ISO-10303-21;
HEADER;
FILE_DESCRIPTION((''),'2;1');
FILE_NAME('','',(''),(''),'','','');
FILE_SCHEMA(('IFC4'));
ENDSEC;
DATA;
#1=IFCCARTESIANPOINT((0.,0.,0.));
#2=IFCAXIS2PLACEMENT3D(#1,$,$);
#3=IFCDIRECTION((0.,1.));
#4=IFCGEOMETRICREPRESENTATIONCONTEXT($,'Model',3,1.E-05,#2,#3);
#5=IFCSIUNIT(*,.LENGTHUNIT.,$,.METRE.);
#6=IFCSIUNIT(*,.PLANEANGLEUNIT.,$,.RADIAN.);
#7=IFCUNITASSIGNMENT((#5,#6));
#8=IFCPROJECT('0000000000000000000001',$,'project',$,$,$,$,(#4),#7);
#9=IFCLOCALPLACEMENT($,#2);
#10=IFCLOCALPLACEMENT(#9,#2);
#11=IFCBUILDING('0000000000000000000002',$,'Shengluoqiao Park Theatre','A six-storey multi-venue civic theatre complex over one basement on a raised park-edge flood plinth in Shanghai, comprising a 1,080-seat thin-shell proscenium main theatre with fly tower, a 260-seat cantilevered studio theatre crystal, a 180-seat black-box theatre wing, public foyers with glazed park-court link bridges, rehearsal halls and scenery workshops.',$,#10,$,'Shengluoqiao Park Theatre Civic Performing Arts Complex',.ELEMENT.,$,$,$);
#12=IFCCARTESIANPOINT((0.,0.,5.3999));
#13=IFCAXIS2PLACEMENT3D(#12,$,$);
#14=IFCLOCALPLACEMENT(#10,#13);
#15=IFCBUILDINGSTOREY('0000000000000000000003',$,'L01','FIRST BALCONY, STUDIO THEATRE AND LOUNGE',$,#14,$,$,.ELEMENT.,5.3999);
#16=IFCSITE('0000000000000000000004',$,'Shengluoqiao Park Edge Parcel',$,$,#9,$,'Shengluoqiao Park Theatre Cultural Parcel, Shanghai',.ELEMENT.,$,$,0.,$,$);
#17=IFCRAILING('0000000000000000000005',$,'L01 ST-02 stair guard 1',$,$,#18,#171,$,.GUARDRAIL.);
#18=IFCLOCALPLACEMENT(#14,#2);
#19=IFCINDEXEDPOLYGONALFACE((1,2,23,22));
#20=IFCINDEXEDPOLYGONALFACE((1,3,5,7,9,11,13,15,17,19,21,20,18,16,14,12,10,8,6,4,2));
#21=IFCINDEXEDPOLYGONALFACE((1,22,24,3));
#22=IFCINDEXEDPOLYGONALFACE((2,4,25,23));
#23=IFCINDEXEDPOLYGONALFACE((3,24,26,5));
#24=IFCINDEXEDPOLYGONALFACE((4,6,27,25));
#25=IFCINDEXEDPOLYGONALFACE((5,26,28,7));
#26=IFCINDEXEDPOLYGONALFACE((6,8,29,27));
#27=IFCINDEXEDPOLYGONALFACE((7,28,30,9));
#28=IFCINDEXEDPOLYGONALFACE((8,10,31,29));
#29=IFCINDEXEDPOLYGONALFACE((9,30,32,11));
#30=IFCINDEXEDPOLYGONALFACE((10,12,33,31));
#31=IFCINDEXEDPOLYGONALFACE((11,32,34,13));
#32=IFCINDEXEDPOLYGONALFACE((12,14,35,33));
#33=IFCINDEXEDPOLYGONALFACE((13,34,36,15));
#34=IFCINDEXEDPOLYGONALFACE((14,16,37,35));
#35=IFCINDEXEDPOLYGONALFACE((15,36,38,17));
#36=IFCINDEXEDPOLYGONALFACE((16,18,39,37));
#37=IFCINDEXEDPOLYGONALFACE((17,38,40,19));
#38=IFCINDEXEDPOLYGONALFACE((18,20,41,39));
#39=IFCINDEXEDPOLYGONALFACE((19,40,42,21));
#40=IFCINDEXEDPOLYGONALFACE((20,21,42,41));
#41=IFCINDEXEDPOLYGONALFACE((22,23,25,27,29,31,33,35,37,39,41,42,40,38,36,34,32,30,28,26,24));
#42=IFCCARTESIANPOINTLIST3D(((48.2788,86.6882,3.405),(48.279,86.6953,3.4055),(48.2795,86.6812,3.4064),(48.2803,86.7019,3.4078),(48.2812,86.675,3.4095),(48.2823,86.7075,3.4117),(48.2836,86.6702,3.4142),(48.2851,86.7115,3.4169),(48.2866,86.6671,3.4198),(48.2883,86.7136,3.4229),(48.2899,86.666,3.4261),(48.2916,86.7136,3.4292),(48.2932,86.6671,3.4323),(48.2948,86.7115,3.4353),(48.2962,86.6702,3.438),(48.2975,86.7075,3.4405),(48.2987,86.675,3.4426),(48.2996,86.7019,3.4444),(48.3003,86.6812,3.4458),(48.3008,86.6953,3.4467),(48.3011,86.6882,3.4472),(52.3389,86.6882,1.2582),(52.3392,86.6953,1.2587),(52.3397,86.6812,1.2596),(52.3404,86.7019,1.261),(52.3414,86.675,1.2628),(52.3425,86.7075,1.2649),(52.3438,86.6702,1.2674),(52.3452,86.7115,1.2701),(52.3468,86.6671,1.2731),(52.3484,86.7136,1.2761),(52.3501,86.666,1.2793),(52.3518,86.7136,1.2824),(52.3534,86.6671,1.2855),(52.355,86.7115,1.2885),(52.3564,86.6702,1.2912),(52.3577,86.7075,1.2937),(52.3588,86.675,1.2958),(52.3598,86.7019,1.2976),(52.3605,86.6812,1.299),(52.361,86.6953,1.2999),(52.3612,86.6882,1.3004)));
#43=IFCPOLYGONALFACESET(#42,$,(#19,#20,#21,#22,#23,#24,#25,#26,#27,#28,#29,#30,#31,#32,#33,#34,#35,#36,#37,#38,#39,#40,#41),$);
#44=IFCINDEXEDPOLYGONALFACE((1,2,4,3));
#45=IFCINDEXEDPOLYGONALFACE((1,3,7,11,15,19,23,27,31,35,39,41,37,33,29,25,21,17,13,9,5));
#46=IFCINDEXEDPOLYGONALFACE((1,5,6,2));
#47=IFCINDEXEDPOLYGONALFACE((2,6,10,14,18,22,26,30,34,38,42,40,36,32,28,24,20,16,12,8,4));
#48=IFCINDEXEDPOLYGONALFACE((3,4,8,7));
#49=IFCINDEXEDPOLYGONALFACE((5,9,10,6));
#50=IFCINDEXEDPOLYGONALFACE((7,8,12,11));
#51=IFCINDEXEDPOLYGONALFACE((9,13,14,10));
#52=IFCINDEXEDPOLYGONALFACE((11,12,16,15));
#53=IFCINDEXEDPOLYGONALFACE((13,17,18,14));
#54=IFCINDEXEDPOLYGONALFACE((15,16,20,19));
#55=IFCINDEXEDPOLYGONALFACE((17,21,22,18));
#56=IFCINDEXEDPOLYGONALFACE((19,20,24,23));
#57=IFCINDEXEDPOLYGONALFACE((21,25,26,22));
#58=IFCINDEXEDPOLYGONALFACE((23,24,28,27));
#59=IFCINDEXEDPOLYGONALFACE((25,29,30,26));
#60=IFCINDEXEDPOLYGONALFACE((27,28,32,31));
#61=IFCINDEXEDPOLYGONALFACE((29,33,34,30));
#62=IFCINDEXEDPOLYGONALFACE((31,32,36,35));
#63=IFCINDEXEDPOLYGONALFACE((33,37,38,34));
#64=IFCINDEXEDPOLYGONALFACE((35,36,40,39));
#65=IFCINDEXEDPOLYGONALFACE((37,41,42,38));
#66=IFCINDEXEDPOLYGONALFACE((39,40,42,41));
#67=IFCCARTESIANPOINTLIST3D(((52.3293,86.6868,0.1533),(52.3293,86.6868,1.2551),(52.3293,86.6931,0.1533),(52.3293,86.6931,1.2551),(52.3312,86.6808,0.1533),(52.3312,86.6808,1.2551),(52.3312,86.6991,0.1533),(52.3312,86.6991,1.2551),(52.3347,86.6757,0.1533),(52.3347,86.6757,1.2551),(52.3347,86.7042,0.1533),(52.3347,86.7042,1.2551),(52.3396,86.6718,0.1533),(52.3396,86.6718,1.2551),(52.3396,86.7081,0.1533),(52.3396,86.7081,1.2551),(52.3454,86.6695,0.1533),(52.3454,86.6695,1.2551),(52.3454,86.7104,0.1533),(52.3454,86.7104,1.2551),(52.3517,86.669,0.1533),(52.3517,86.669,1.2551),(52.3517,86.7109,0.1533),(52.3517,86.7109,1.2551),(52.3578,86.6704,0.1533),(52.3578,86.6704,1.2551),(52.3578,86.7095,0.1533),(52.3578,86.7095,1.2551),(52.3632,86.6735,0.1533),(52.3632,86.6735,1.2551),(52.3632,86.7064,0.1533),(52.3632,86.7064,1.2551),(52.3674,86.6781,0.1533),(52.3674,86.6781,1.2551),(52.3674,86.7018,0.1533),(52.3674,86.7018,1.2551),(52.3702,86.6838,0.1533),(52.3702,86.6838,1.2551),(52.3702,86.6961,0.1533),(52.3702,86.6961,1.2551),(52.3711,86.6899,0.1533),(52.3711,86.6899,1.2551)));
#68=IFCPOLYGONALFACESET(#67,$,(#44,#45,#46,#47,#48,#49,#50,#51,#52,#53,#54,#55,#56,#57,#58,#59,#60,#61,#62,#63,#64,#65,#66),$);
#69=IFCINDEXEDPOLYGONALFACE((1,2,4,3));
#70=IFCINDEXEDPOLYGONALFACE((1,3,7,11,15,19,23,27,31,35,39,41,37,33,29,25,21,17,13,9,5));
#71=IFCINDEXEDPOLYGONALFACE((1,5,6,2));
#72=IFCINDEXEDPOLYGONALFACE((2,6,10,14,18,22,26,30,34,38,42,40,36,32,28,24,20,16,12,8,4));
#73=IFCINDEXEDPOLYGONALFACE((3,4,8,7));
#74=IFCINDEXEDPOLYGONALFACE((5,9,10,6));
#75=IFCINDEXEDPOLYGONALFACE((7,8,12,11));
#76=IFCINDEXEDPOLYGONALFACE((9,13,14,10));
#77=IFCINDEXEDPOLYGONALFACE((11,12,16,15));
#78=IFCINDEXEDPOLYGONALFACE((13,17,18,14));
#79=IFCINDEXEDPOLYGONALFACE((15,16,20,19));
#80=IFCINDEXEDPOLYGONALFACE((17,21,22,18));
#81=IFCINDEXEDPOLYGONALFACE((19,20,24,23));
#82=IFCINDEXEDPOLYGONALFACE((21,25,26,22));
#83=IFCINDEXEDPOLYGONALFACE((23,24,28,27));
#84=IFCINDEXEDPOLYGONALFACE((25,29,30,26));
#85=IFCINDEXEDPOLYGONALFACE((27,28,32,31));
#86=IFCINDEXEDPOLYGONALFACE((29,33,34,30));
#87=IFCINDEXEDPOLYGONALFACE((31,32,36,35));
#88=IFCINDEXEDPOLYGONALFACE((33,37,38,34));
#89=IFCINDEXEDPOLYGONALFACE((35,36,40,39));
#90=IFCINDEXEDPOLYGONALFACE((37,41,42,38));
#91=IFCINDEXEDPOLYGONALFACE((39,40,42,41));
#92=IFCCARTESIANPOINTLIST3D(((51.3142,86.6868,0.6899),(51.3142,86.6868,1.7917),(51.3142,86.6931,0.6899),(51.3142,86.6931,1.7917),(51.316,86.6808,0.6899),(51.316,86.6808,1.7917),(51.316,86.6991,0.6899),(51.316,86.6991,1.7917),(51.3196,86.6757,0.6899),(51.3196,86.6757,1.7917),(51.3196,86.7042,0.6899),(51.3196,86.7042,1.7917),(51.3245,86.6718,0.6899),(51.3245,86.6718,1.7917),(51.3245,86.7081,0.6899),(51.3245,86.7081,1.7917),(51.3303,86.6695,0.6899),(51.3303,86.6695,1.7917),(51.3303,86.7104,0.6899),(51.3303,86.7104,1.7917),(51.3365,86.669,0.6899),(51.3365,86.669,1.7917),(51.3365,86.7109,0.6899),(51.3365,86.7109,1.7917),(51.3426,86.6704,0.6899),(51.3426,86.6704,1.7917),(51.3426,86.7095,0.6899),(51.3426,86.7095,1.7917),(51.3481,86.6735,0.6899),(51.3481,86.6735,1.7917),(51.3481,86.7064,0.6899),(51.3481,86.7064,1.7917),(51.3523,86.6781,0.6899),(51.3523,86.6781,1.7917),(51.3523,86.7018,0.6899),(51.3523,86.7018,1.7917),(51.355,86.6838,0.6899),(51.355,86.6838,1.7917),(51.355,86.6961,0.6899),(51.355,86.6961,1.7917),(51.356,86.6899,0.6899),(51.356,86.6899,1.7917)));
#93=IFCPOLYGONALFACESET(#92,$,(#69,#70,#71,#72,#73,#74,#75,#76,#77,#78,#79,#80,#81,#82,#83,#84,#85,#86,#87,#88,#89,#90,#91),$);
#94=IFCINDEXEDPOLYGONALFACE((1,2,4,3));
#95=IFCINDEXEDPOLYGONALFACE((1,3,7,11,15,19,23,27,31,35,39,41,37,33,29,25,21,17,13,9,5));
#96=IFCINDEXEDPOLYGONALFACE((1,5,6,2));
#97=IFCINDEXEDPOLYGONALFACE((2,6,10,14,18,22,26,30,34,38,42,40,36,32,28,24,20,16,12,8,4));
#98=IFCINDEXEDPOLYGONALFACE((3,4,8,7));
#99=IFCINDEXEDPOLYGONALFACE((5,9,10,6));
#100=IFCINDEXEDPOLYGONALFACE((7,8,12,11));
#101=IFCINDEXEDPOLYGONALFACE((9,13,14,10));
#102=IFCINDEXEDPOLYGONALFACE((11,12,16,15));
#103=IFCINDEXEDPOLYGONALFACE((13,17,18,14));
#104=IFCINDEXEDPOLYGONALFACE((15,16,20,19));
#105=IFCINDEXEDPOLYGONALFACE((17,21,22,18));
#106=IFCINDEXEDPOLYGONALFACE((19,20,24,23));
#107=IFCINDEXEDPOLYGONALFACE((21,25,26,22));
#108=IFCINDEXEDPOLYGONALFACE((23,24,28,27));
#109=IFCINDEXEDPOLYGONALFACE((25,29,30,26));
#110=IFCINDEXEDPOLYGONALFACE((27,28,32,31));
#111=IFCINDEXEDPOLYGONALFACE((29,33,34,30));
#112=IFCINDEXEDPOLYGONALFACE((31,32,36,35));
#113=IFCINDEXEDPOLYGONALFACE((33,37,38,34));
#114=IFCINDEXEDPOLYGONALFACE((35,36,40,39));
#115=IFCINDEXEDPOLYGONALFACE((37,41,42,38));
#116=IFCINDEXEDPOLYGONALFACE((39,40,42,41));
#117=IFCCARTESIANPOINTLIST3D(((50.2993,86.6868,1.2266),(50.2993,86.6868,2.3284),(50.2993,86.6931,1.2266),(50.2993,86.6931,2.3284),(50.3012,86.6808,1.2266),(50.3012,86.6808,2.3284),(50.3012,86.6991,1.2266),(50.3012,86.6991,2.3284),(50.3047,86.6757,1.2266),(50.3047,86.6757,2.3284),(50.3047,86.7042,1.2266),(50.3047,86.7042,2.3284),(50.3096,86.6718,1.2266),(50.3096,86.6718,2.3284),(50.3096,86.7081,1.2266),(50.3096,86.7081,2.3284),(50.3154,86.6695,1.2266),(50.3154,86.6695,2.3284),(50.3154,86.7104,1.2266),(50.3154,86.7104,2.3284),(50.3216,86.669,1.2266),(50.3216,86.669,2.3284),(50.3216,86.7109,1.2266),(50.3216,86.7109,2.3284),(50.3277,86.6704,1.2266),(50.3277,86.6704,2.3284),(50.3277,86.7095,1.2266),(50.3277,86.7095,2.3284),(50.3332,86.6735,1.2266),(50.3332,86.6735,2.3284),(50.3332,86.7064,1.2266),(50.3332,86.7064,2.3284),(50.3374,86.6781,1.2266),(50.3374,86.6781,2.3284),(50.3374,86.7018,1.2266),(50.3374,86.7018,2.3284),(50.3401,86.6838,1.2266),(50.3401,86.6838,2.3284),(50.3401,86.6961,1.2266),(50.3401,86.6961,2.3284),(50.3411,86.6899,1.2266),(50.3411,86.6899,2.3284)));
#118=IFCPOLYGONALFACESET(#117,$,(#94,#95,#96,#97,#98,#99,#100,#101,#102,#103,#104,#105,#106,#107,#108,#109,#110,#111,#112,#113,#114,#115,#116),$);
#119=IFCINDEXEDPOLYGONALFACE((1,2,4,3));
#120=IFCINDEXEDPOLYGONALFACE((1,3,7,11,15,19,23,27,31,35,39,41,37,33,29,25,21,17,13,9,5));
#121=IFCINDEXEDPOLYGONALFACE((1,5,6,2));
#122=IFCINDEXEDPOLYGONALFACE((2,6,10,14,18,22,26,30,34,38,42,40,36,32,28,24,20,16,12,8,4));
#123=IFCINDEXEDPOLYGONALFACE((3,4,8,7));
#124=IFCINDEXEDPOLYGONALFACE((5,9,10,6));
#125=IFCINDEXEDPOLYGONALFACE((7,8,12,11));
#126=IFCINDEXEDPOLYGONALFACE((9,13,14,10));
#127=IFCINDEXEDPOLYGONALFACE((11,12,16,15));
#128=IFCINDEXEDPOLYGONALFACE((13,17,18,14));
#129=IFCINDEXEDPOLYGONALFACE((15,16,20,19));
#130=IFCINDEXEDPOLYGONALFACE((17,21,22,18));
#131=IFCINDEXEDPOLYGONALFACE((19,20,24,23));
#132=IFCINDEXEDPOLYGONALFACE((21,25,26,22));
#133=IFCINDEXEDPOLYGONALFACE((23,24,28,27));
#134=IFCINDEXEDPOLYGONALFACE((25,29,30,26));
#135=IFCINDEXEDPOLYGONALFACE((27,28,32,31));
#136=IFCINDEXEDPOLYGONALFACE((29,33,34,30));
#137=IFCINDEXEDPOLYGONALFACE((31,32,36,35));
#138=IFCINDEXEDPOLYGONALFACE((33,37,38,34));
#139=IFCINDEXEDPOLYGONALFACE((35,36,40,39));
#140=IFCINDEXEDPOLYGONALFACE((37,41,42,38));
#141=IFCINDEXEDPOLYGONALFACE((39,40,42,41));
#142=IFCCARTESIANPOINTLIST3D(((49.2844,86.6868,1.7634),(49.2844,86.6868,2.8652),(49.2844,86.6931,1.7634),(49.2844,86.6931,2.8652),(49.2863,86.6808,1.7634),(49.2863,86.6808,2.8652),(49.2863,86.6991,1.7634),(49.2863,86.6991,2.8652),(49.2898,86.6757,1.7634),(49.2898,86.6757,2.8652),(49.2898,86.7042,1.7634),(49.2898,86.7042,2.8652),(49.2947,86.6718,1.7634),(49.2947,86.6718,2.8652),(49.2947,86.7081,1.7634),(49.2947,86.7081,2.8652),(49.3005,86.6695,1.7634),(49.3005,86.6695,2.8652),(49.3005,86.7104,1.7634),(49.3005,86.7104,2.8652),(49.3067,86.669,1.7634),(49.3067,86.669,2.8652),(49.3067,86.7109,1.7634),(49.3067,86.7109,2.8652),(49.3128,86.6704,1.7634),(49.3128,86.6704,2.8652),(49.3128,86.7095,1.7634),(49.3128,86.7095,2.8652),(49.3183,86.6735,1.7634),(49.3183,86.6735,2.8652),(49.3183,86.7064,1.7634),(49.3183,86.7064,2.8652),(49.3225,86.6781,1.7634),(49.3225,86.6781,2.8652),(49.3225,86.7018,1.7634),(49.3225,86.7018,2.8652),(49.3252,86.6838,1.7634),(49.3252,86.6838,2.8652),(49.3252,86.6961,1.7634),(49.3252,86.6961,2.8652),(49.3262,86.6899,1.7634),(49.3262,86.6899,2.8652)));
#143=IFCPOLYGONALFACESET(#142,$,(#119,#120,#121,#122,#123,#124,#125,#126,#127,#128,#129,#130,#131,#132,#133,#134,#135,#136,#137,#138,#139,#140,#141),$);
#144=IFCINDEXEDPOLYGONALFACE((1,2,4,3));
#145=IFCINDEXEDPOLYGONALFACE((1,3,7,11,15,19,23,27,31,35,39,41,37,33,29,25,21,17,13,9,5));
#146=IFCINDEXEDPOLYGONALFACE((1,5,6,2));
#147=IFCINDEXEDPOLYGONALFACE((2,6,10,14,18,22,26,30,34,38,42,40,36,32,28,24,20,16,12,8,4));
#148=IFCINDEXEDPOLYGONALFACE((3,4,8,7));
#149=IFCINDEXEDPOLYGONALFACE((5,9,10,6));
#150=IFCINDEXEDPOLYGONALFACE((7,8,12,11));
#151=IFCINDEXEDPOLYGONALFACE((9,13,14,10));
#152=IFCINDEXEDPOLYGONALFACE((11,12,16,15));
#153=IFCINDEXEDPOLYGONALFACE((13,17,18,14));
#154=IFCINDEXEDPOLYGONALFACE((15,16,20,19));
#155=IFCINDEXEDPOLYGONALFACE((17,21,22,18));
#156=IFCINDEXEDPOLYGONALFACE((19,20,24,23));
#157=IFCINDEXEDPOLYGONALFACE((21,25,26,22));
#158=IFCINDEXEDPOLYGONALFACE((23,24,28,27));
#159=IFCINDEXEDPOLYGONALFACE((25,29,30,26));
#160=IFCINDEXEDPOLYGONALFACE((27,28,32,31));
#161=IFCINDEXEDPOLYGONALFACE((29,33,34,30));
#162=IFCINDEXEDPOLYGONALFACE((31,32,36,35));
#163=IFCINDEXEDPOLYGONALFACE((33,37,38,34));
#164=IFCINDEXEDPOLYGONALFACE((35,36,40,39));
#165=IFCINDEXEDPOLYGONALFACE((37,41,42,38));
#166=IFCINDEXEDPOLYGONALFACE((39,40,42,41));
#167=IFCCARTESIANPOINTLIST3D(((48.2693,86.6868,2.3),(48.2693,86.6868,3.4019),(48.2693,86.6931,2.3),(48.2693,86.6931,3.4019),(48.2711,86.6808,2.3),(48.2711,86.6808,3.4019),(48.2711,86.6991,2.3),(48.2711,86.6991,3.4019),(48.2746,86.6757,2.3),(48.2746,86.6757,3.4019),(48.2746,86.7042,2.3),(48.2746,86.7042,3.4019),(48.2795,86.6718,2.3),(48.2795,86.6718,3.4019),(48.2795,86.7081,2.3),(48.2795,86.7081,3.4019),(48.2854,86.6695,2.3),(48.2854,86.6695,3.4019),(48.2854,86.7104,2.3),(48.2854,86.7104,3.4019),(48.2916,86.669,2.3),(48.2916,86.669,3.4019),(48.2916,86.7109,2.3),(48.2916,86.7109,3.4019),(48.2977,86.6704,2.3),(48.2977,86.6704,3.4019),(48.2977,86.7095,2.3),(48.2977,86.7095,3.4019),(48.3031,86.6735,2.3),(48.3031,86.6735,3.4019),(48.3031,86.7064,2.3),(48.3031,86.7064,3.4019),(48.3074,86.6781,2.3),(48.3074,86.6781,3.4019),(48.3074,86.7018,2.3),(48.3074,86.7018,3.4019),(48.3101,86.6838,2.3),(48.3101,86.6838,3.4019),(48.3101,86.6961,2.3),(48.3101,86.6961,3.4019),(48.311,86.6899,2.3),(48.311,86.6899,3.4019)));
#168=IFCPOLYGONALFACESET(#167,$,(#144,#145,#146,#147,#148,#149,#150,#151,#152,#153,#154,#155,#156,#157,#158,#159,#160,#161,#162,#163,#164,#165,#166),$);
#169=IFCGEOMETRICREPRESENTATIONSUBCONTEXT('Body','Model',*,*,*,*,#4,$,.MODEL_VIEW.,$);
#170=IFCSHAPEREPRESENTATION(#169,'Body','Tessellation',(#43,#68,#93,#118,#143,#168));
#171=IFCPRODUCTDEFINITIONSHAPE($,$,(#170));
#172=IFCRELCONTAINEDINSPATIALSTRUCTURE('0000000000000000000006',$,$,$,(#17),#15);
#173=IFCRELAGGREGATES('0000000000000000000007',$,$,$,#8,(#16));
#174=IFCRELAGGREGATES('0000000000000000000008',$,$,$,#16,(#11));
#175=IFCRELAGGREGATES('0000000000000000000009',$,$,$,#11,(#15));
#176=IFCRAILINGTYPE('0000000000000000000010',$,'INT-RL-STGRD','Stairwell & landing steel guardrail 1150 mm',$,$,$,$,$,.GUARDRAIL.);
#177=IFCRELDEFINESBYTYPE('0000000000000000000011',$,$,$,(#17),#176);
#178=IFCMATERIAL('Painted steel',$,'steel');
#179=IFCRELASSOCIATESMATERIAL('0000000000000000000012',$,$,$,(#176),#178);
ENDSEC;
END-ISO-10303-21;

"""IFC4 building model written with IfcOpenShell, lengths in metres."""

from ifc_helpers import new_model, si_unit, direction, frame, origin, origin_2d, place, context, subcontext, project, spatial, circle, extrude, material, type_object, element, save


model = new_model("IFC4")

# Units and contexts
model_context = context("Model", 3, precision=1e-05, world=origin(), true_north=direction((0.0, 1.0)))
body_context = subcontext(model_context, "Body", "Model", "MODEL_VIEW")
ifc_project = project(units=[si_unit("LENGTHUNIT", "METRE"), si_unit("PLANEANGLEUNIT", "RADIAN")], contexts=[model_context])

# Site, building, storey
site_placement = place(None, origin())
site = spatial("IfcSite", under=ifc_project, at=site_placement, Name="Shengluoqiao Park Edge Parcel", LongName="Shengluoqiao Park Theatre Cultural Parcel, Shanghai", CompositionType="ELEMENT", RefElevation=0.0)
building_placement = place(site_placement, origin())
building = spatial("IfcBuilding", under=site, at=building_placement, Name="Shengluoqiao Park Theatre", Description="A six-storey multi-venue civic theatre complex over one basement on a raised park-edge flood plinth in Shanghai, comprising a 1,080-seat thin-shell proscenium main theatre with fly tower, a 260-seat cantilevered studio theatre crystal, a 180-seat black-box theatre wing, public foyers with glazed park-court link bridges, rehearsal halls and scenery workshops.", LongName="Shengluoqiao Park Theatre Civic Performing Arts Complex", CompositionType="ELEMENT")
storey_placement = place(building_placement, frame((0.0, 0.0, 5.3999)))
storey = spatial("IfcBuildingStorey", under=building, at=storey_placement, Name="L01", Description="FIRST BALCONY, STUDIO THEATRE AND LOUNGE", CompositionType="ELEMENT", Elevation=5.3999)

# Railing
ifc_material_1 = material(Name="Painted steel", Category="steel")
railing_type_1 = type_object("IfcRailingType", Name="INT-RL-STGRD", Description="Stairwell & landing steel guardrail 1150 mm", PredefinedType="GUARDRAIL", material=ifc_material_1)
railing_1_placement = place(storey_placement, frame((52.3501, 86.6899, 0.1533)))
element("IfcRailing", 1, at=railing_1_placement, inside=storey, type_object=railing_type_1, Name="L01 ST-02 stair guard 1", PredefinedType="GUARDRAIL", context=body_context, shape_type="SweptSolid", body=[
    extrude(circle(Radius=0.0239, at=origin_2d()), frame((0.0, 0.0, 1.126), z_axis=(-0.884032, 0.0, 0.467426), x_axis=(0.0, -1.0, 0.0)), (0.0, 0.0, 1.0), 4.5928),
    extrude(circle(Radius=0.021, at=origin_2d()), origin(), (0.0, 0.0, 1.0), 1.1018),
    extrude(circle(Radius=0.021, at=origin_2d()), frame((-1.0151, 0.0, 0.5366)), (0.0, 0.0, 1.0), 1.1018),
    extrude(circle(Radius=0.021, at=origin_2d()), frame((-2.03, 0.0, 1.0732)), (0.0, 0.0, 1.0), 1.1018),
    extrude(circle(Radius=0.021, at=origin_2d()), frame((-3.0449, 0.0, 1.6101)), (0.0, 0.0, 1.0), 1.1018),
    extrude(circle(Radius=0.021, at=origin_2d()), frame((-4.0601, 0.0, 2.1467)), (0.0, 0.0, 1.0), 1.1018),
])

save(model, "model.ifc")
